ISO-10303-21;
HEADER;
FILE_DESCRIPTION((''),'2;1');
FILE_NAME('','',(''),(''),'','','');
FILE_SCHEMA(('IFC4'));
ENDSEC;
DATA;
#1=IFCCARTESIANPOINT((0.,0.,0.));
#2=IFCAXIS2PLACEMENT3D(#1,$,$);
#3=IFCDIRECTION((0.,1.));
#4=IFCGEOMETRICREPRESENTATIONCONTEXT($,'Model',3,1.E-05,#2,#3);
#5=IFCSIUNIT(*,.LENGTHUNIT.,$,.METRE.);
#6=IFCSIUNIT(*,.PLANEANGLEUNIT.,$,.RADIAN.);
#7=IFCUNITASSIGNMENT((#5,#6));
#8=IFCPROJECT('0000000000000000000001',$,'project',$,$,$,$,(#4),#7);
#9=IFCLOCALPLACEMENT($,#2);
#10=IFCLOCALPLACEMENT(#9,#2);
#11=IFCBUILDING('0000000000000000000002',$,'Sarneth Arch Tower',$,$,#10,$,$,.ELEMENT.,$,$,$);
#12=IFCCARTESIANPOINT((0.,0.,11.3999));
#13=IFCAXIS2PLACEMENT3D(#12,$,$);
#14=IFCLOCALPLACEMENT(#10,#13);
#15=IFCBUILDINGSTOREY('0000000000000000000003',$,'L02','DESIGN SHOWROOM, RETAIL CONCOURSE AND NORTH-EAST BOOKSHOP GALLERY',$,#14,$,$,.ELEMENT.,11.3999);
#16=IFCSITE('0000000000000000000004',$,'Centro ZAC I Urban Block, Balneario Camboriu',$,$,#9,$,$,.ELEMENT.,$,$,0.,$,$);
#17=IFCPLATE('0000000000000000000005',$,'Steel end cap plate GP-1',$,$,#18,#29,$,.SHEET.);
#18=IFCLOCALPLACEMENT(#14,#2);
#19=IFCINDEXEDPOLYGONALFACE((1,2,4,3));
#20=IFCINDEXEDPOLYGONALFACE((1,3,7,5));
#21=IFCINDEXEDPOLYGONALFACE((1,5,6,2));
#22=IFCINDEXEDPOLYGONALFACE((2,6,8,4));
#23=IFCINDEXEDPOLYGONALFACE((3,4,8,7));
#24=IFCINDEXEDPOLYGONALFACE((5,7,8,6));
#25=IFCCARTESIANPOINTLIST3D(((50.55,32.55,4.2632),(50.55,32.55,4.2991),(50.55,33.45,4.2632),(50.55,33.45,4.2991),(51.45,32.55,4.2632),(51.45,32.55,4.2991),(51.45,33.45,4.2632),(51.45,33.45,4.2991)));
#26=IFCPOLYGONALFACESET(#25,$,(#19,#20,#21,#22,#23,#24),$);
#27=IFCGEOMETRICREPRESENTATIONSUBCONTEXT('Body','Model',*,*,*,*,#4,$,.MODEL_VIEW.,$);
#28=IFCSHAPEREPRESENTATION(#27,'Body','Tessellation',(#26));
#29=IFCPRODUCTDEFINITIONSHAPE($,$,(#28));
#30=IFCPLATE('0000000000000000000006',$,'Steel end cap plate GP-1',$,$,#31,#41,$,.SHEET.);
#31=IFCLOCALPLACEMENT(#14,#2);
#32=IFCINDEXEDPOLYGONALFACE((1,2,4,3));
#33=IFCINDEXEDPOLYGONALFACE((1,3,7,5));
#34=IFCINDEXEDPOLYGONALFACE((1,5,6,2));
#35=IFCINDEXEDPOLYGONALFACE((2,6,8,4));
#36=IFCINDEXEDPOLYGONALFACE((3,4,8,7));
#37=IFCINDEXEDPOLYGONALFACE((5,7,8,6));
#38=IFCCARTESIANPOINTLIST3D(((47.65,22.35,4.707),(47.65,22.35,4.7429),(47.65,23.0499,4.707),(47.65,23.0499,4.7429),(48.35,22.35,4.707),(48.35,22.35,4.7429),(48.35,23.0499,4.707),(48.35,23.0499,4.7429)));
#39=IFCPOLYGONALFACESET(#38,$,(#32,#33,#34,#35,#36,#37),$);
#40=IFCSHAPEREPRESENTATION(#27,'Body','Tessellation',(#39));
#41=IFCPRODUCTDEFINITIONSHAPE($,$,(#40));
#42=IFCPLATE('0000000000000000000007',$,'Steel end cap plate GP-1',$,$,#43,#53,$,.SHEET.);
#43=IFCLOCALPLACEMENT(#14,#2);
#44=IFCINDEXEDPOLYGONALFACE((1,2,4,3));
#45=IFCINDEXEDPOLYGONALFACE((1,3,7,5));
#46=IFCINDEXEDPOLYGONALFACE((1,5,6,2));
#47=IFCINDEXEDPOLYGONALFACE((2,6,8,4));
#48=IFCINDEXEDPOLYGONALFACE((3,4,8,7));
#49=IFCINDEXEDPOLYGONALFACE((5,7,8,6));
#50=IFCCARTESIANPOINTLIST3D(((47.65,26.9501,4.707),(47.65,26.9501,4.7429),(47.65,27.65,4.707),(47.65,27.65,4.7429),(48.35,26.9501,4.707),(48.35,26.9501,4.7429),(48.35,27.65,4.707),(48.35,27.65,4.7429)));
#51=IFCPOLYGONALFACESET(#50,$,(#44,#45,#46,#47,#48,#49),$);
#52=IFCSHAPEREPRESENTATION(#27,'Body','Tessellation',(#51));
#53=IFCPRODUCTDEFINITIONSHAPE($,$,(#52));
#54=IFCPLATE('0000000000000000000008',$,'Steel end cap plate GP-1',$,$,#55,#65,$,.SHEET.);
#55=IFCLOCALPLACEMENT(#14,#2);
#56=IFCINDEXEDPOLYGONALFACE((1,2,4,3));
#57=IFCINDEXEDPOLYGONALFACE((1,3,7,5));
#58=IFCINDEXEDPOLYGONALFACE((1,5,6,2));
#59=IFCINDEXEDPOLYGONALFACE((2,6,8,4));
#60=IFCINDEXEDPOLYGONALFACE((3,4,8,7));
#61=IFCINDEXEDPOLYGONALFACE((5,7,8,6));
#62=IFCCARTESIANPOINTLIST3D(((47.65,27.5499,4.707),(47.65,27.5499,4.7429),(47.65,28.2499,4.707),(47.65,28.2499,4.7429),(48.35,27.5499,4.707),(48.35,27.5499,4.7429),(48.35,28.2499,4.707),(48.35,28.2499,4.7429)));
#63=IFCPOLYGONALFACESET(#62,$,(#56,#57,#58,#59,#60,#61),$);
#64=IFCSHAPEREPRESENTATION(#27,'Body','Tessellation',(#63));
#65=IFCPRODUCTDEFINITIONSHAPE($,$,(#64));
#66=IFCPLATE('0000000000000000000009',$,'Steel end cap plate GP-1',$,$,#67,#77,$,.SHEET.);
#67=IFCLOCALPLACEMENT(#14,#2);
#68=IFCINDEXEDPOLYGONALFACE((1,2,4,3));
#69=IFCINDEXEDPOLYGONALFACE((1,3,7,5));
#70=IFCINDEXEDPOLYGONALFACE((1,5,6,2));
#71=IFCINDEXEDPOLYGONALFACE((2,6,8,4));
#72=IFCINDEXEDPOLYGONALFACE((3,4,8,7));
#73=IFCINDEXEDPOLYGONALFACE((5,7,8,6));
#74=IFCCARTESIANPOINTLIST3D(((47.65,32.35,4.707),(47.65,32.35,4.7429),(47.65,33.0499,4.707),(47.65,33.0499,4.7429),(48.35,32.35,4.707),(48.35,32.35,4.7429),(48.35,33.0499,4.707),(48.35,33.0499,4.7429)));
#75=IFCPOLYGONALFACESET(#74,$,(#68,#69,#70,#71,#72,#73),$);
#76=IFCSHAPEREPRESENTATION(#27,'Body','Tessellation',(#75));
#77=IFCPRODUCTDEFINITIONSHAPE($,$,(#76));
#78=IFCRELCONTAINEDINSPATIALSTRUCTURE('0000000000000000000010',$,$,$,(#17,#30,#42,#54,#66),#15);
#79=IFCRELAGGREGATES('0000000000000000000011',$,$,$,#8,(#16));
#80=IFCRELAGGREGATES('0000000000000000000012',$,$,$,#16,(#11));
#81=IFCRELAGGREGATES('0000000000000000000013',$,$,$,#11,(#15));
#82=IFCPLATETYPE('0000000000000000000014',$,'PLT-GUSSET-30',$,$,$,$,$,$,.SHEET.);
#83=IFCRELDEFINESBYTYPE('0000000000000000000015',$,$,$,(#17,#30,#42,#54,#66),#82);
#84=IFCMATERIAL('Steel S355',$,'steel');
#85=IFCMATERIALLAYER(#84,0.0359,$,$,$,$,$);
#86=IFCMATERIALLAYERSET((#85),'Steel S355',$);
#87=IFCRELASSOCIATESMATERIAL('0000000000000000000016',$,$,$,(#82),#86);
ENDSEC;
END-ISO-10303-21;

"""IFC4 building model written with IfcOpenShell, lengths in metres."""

from ifc_helpers import new_model, si_unit, direction, frame, origin, origin_2d, place, context, subcontext, project, spatial, rectangle, extrude, material, layer, layer_set, type_object, element, save


model = new_model("IFC4")

# Units and contexts
model_context = context("Model", 3, precision=1e-05, world=origin(), true_north=direction((0.0, 1.0)))
body_context = subcontext(model_context, "Body", "Model", "MODEL_VIEW")
ifc_project = project(units=[si_unit("LENGTHUNIT", "METRE"), si_unit("PLANEANGLEUNIT", "RADIAN")], contexts=[model_context])

# Site, building, storey
site_placement = place(None, origin())
site = spatial("IfcSite", under=ifc_project, at=site_placement, Name="Centro ZAC I Urban Block, Balneario Camboriu", CompositionType="ELEMENT", RefElevation=0.0)
building_placement = place(site_placement, origin())
building = spatial("IfcBuilding", under=site, at=building_placement, Name="Sarneth Arch Tower", CompositionType="ELEMENT")
storey_placement = place(building_placement, frame((0.0, 0.0, 11.3999)))
storey = spatial("IfcBuildingStorey", under=building, at=storey_placement, Name="L02", Description="DESIGN SHOWROOM, RETAIL CONCOURSE AND NORTH-EAST BOOKSHOP GALLERY", CompositionType="ELEMENT", Elevation=11.3999)

# Plates
ifc_material_1 = material(Name="Steel S355", Category="steel")
ifc_layer = layer(ifc_material_1, 0.0359)
ifc_layer_set = layer_set([ifc_layer], Name="Steel S355")
plate_type = type_object("IfcPlateType", Name="PLT-GUSSET-30", PredefinedType="SHEET", material=ifc_layer_set)
for number, where, z_axis, x_axis, name in (
    (1, (51.0, 33.0, 4.2632), (0.0, 0.0, 1.0), (-1.0, 0.0, 0.0), "Steel end cap plate GP-1"),
):
    element("IfcPlate", number, at=place(storey_placement, frame(where, z_axis=z_axis, x_axis=x_axis)), inside=storey, type_object=plate_type, Name=name, PredefinedType="SHEET", context=body_context, shape_type="SweptSolid", body=[
        extrude(rectangle(XDim=0.8999, YDim=0.8999, at=origin_2d()), origin(), (0.0, 0.0, 1.0), 0.0359),
    ])
for number, where, z_axis, x_axis, name in (
    (2, (48.0, 22.7, 4.707), (0.0, 0.0, 1.0), (0.0, -1.0, 0.0), "Steel end cap plate GP-1"),
    (3, (48.0, 27.3, 4.707), (0.0, 0.0, 1.0), (0.0, 1.0, 0.0), "Steel end cap plate GP-1"),
    (4, (48.0, 27.8999, 4.707), (0.0, 0.0, 1.0), (0.0, -1.0, 0.0), "Steel end cap plate GP-1"),
    (5, (48.0, 32.7, 4.707), (0.0, 0.0, 1.0), (0.0, 1.0, 0.0), "Steel end cap plate GP-1"),
):
    element("IfcPlate", number, at=place(storey_placement, frame(where, z_axis=z_axis, x_axis=x_axis)), inside=storey, type_object=plate_type, Name=name, PredefinedType="SHEET", context=body_context, shape_type="SweptSolid", body=[
        extrude(rectangle(XDim=0.7, YDim=0.7, at=origin_2d()), origin(), (0.0, 0.0, 1.0), 0.0359),
    ])

save(model, "model.ifc")
